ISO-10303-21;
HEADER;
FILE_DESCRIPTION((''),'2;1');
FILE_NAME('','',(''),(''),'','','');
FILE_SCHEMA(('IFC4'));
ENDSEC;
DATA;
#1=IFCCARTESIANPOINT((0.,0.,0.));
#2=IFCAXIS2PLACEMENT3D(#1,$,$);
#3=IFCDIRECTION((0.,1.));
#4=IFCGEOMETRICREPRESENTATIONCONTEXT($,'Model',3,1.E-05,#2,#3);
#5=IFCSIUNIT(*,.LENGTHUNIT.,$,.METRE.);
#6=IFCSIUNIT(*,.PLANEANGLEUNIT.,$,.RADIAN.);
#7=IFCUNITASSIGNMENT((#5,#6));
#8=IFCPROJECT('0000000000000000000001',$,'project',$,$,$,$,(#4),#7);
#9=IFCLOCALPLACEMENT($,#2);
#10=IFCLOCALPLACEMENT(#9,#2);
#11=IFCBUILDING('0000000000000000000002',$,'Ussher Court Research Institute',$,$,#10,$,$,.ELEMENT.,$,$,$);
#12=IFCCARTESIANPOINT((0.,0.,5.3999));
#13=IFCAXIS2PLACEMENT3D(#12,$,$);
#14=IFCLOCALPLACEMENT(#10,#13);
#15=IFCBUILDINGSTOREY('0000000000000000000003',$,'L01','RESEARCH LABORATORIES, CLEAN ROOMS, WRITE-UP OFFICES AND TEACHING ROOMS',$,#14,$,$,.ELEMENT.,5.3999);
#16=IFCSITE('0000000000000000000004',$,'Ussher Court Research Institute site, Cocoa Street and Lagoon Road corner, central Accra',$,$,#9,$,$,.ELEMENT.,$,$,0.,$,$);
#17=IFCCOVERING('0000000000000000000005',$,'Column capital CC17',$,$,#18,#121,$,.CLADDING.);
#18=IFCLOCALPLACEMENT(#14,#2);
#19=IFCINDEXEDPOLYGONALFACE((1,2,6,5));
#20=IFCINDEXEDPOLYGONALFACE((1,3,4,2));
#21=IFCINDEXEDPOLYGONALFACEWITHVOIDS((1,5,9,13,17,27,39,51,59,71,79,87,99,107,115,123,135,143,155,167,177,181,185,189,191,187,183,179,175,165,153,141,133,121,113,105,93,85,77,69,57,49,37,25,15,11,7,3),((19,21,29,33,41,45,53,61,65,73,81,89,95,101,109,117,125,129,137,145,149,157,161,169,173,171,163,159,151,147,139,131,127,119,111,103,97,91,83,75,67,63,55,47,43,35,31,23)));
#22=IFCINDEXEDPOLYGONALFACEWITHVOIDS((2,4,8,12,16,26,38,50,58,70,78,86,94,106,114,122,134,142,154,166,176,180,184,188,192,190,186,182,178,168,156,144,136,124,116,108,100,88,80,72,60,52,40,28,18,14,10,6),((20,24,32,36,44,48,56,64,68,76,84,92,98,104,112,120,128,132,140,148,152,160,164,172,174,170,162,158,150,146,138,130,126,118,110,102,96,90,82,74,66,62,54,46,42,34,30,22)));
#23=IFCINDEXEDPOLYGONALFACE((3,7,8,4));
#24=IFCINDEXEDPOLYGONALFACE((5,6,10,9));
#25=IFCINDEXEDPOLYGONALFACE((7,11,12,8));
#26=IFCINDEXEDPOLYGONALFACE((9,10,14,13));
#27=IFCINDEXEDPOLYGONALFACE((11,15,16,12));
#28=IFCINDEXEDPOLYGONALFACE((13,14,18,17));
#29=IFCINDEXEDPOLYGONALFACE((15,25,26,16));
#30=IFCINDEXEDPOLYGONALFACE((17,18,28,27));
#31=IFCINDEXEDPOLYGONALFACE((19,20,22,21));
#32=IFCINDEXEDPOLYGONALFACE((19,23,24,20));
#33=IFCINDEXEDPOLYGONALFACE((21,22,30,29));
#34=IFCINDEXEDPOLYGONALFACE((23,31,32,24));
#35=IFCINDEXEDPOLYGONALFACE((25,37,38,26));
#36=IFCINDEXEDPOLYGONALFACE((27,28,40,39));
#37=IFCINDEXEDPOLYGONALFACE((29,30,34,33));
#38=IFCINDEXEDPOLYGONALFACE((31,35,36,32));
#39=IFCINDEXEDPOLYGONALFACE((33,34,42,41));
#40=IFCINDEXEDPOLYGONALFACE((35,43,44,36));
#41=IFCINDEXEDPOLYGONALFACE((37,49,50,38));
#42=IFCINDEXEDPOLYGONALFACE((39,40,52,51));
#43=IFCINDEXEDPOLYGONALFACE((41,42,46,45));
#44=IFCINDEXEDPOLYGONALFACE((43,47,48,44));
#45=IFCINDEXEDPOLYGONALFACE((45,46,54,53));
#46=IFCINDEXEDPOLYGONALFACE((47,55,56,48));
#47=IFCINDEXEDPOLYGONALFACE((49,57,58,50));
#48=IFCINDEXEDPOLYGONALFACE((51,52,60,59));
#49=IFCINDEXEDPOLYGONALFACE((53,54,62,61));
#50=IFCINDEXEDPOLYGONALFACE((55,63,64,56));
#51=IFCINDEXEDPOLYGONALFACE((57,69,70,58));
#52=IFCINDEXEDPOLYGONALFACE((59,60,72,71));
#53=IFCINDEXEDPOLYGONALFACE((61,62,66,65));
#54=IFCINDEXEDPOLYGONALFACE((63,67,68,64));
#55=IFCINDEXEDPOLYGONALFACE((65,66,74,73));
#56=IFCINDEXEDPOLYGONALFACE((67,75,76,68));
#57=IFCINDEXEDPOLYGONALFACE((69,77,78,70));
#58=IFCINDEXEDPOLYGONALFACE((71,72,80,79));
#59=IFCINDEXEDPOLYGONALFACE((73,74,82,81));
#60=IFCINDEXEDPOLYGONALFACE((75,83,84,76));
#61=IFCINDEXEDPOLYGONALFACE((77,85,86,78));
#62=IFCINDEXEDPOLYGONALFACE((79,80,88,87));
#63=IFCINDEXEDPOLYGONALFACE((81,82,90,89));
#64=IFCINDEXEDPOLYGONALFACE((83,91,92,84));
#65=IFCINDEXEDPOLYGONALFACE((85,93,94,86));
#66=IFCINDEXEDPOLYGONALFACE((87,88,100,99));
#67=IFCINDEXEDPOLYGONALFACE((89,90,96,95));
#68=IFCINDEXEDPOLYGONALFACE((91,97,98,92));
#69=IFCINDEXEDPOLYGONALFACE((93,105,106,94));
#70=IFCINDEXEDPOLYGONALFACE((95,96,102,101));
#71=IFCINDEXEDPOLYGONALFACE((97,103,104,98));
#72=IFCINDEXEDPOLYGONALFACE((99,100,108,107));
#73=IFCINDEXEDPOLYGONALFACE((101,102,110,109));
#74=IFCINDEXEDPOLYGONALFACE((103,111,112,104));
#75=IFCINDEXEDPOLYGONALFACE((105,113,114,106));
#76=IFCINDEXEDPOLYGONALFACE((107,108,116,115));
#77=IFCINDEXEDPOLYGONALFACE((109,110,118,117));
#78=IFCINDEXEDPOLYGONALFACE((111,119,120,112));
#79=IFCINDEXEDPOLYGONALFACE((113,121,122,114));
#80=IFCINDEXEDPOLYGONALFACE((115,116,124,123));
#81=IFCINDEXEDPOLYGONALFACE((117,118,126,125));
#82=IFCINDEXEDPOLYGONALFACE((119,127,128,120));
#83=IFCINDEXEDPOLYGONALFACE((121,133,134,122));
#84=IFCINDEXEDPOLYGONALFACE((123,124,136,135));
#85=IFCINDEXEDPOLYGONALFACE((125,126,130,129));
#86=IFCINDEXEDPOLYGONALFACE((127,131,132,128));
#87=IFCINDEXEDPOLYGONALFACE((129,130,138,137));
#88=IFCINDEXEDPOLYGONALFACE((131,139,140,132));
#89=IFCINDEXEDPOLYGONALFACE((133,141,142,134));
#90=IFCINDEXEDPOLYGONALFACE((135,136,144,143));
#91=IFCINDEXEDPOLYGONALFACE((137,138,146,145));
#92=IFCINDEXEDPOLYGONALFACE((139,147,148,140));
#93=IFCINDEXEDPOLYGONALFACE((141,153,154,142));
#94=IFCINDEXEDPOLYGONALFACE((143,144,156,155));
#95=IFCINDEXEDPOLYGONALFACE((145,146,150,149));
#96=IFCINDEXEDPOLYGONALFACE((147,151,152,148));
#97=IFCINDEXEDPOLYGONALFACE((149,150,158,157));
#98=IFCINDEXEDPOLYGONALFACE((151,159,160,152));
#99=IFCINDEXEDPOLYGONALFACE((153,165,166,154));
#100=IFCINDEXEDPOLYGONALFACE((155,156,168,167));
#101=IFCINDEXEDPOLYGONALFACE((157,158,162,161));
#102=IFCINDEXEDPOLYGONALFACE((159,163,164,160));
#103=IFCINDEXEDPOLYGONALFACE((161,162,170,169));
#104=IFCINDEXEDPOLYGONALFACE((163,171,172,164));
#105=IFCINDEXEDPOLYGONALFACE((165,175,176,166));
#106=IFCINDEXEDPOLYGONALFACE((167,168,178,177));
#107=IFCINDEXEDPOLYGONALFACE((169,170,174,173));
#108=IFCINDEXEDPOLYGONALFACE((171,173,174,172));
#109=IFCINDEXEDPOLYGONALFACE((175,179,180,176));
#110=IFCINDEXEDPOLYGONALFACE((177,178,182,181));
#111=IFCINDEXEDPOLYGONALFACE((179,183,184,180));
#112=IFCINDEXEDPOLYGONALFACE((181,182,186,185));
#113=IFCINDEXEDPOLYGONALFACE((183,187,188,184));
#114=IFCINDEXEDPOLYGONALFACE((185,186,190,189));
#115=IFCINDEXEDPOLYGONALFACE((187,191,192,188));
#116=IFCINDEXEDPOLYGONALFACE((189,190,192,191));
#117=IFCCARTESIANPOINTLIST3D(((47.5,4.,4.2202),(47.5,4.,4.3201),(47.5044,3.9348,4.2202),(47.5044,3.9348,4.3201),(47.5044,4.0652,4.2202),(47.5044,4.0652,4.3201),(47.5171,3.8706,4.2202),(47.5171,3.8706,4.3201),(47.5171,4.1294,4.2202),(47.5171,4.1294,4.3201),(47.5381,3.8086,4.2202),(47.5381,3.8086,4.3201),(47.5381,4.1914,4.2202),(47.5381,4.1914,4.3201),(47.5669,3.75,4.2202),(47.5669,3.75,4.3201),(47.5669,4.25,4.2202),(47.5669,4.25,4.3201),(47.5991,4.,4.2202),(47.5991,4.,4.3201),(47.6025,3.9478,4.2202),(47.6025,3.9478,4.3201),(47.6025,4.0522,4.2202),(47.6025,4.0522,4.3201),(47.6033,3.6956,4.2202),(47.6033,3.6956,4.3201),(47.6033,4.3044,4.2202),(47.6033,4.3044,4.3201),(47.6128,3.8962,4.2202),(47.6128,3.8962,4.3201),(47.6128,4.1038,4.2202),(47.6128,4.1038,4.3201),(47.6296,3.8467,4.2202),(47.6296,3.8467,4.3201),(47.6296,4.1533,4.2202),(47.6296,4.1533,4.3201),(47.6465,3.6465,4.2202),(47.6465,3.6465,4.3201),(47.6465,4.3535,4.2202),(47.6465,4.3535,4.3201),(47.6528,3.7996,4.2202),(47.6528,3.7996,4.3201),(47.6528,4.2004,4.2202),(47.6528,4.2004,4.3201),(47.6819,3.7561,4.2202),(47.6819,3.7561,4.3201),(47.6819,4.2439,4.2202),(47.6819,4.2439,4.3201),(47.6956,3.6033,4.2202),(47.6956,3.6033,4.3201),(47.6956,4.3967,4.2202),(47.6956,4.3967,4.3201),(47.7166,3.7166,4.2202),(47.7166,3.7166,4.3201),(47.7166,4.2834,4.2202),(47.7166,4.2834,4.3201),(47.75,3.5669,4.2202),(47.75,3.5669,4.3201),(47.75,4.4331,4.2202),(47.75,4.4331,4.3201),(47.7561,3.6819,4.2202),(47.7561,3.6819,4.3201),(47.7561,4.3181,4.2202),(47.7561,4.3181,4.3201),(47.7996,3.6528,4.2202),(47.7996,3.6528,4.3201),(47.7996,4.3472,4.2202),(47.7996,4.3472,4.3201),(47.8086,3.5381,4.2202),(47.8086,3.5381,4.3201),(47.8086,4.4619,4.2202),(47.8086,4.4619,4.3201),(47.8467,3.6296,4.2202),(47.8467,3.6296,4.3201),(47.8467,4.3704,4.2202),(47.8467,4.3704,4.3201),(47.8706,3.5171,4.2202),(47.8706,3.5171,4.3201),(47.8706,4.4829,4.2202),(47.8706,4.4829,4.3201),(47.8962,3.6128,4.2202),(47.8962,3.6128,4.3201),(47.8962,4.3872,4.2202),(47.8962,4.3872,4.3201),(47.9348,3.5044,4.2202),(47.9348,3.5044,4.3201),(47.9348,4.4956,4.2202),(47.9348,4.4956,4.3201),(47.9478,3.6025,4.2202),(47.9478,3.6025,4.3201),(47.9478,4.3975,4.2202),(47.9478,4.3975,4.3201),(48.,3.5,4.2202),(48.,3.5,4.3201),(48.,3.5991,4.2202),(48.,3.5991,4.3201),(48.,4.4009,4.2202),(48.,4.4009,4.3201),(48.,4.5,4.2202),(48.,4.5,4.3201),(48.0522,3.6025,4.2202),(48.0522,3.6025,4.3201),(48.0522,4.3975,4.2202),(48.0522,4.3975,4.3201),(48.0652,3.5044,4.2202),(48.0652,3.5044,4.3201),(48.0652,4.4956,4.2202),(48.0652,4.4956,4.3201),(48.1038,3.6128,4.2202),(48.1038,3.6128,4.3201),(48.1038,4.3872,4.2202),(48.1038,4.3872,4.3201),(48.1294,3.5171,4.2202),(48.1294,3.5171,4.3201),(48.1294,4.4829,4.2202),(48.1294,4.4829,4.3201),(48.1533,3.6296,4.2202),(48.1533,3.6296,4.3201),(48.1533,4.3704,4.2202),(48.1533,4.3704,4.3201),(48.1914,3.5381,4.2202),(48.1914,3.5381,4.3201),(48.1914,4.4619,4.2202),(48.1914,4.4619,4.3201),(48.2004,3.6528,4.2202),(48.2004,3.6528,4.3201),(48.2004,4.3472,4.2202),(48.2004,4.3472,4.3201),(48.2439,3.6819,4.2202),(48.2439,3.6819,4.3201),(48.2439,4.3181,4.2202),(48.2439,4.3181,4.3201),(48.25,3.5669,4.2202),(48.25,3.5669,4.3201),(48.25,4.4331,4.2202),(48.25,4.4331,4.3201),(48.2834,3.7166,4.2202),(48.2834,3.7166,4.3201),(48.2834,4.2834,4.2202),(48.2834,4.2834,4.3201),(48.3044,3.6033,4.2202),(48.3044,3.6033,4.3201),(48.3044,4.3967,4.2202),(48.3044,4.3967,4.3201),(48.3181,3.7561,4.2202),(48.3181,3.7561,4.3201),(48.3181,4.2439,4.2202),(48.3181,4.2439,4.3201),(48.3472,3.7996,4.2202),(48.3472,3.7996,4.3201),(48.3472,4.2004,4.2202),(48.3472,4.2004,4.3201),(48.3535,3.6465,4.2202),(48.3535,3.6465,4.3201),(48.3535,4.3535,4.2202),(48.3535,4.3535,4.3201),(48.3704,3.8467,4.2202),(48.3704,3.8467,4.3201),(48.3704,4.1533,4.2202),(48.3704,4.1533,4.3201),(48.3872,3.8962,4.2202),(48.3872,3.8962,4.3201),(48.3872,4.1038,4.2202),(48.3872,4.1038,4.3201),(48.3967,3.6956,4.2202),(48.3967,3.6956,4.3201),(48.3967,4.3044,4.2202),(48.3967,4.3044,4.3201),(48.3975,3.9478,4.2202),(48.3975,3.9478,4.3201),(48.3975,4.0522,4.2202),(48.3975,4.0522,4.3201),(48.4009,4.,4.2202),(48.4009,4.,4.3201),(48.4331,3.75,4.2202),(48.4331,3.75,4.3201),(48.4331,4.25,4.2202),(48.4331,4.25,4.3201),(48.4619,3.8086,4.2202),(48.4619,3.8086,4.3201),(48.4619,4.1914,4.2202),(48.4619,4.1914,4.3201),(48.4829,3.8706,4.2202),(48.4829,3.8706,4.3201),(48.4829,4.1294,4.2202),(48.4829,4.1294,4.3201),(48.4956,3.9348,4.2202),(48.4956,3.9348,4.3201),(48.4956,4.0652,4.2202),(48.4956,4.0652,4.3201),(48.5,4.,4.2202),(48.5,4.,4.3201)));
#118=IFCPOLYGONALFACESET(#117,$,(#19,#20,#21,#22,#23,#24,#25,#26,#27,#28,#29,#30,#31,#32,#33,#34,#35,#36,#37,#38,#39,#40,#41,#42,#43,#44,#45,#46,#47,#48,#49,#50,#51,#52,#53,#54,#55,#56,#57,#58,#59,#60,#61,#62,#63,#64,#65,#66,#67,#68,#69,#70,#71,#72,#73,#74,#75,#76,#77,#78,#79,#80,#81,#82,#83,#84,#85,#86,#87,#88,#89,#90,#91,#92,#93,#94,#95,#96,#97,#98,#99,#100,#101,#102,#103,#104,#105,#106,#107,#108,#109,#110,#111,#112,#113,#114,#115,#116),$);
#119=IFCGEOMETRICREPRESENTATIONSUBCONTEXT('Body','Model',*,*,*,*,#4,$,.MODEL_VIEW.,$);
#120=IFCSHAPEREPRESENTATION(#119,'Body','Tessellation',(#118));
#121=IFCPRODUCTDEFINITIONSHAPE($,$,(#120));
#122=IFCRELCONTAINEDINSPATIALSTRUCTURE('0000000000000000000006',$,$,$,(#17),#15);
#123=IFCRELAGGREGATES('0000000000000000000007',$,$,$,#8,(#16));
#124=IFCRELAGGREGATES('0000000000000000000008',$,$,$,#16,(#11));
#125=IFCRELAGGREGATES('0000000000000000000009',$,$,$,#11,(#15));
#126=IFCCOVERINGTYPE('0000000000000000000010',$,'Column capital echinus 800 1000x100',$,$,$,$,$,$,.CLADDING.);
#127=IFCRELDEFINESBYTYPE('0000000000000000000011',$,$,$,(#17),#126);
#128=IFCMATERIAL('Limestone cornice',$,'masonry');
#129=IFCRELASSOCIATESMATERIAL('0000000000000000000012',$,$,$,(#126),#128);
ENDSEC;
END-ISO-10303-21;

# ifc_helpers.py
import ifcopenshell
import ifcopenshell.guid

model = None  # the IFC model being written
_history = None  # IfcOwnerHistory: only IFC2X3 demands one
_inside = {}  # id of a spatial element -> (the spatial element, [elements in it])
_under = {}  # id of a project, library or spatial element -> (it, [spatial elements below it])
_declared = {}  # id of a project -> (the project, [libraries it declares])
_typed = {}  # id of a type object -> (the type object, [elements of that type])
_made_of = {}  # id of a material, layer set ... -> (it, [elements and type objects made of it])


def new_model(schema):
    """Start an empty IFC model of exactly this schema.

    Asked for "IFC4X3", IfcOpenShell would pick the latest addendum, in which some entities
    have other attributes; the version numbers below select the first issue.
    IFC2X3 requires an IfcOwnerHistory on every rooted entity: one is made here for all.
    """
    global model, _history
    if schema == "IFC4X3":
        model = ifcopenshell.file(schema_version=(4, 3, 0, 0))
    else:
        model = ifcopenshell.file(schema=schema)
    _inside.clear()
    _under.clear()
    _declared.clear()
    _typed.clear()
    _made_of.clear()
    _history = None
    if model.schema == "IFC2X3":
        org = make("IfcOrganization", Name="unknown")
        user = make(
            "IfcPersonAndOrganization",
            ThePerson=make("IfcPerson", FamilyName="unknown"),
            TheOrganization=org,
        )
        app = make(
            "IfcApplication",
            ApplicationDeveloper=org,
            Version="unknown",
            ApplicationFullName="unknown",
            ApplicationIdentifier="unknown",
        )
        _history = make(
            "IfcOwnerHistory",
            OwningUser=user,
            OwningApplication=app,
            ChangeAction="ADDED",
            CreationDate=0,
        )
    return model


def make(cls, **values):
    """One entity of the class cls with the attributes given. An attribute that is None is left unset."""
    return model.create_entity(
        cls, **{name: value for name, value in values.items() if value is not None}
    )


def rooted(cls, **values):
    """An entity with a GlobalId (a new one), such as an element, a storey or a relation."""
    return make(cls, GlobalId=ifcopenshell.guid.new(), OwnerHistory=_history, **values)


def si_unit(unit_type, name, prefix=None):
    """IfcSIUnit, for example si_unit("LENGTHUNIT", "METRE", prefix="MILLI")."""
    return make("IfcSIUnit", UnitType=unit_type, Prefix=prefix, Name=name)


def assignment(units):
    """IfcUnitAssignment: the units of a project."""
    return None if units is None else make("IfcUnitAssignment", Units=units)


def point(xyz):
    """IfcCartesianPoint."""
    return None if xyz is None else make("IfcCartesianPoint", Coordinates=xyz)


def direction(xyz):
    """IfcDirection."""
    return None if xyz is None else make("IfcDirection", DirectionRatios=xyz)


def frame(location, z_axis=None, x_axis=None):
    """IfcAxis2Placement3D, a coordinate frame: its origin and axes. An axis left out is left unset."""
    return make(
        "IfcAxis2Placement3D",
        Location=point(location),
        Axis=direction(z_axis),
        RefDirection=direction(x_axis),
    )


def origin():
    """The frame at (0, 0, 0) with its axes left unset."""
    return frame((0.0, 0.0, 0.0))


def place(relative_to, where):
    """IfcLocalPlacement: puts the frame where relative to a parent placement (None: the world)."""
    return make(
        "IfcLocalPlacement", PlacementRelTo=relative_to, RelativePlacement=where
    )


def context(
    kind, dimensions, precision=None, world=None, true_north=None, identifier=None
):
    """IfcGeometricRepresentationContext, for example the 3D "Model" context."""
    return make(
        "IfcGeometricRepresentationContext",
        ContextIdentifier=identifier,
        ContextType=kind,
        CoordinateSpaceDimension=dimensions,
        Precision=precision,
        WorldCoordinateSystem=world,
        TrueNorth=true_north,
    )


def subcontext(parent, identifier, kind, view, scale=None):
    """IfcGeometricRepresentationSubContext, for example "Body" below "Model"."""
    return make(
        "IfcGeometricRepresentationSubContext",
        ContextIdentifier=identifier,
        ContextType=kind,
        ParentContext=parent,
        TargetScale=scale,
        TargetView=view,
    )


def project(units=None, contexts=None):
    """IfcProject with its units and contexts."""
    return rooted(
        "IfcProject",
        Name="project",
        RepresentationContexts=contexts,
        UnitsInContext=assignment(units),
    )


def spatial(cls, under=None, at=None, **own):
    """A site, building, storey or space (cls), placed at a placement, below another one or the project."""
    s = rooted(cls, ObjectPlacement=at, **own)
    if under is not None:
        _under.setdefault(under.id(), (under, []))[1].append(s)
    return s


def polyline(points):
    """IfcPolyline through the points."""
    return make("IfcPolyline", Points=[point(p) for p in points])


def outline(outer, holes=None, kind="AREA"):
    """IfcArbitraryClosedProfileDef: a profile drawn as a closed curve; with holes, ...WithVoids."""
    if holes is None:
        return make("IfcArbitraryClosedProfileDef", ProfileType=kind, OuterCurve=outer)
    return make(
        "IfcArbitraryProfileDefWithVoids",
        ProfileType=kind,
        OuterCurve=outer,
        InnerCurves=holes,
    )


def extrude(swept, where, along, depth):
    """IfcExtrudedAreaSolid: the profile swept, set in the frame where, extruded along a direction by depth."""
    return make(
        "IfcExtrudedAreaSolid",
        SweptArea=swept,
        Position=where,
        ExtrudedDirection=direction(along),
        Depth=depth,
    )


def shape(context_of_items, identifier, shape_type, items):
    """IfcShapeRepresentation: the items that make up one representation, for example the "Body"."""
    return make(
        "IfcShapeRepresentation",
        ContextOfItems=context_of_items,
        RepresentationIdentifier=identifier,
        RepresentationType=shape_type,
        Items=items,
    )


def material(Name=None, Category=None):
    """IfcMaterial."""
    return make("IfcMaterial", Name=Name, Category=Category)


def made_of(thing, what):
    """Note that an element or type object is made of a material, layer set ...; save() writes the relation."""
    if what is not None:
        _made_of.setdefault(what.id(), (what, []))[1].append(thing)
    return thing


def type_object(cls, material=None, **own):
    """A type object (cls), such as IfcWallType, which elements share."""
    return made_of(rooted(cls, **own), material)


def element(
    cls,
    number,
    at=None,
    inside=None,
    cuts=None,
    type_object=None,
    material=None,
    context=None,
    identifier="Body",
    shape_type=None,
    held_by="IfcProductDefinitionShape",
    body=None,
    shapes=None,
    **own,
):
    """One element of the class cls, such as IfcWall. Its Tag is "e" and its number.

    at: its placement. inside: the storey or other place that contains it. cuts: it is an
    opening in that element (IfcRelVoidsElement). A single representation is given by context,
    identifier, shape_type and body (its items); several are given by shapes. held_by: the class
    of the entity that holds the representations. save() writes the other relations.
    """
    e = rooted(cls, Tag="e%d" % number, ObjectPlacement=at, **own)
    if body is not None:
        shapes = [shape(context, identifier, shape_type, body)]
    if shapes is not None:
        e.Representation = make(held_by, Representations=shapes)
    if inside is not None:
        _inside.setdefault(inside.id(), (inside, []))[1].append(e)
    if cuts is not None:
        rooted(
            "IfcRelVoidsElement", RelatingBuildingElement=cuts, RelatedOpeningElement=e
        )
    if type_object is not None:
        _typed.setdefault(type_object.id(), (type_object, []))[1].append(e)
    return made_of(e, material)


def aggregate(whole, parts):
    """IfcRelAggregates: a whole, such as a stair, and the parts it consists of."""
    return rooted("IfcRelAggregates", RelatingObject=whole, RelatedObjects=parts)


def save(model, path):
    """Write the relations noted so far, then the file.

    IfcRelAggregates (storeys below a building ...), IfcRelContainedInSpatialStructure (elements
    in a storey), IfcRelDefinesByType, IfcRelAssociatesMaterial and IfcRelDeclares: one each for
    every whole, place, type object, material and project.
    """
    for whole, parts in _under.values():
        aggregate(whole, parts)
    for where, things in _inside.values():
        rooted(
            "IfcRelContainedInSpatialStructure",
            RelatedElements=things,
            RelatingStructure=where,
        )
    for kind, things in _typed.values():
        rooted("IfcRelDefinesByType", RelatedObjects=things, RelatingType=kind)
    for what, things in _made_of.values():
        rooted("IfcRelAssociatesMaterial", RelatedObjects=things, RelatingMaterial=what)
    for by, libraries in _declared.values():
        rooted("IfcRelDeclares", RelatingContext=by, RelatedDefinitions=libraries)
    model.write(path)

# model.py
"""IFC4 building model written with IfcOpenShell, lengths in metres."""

from ifc_helpers import new_model, si_unit, direction, frame, origin, place, context, subcontext, project, spatial, polyline, outline, extrude, material, type_object, element, save


model = new_model("IFC4")

# Units and contexts
model_context = context("Model", 3, precision=1e-05, world=origin(), true_north=direction((0.0, 1.0)))
body_context = subcontext(model_context, "Body", "Model", "MODEL_VIEW")
ifc_project = project(units=[si_unit("LENGTHUNIT", "METRE"), si_unit("PLANEANGLEUNIT", "RADIAN")], contexts=[model_context])

# Site, building, storey
site_placement = place(None, origin())
site = spatial("IfcSite", under=ifc_project, at=site_placement, Name="Ussher Court Research Institute site, Cocoa Street and Lagoon Road corner, central Accra", CompositionType="ELEMENT", RefElevation=0.0)
building_placement = place(site_placement, origin())
building = spatial("IfcBuilding", under=site, at=building_placement, Name="Ussher Court Research Institute", CompositionType="ELEMENT")
storey_placement = place(building_placement, frame((0.0, 0.0, 5.3999)))
storey = spatial("IfcBuildingStorey", under=building, at=storey_placement, Name="L01", Description="RESEARCH LABORATORIES, CLEAN ROOMS, WRITE-UP OFFICES AND TEACHING ROOMS", CompositionType="ELEMENT", Elevation=5.3999)

# Covering
ifc_material_1 = material(Name="Limestone cornice", Category="masonry")
covering_type_1 = type_object("IfcCoveringType", Name="Column capital echinus 800 1000x100", PredefinedType="CLADDING", material=ifc_material_1)
covering_1_placement = place(storey_placement, frame((0.0, 0.0, 4.2202)))
element("IfcCovering", 1, at=covering_1_placement, inside=storey, type_object=covering_type_1, Name="Column capital CC17", PredefinedType="CLADDING", context=body_context, shape_type="SweptSolid", body=[
    extrude(outline(polyline([(48.5, 4.0), (48.4956, 4.0652), (48.4829, 4.1294), (48.4619, 4.1914), (48.4331, 4.25), (48.3967, 4.3044), (48.3535, 4.3535), (48.3044, 4.3967), (48.25, 4.4331), (48.1914, 4.4619), (48.1294, 4.4829), (48.0652, 4.4956), (48.0, 4.5), (47.9348, 4.4956), (47.8706, 4.4829), (47.8086, 4.4619), (47.75, 4.4331), (47.6956, 4.3967), (47.6465, 4.3535), (47.6033, 4.3044), (47.5669, 4.25), (47.5381, 4.1914), (47.5171, 4.1294), (47.5044, 4.0652), (47.5, 4.0), (47.5044, 3.9348), (47.5171, 3.8706), (47.5381, 3.8086), (47.5669, 3.75), (47.6033, 3.6956), (47.6465, 3.6465), (47.6956, 3.6033), (47.75, 3.5669), (47.8086, 3.5381), (47.8706, 3.5171), (47.9348, 3.5044), (48.0, 3.5), (48.0652, 3.5044), (48.1294, 3.5171), (48.1914, 3.5381), (48.25, 3.5669), (48.3044, 3.6033), (48.3535, 3.6465), (48.3967, 3.6956), (48.4331, 3.75), (48.4619, 3.8086), (48.4829, 3.8706), (48.4956, 3.9348), (48.5, 4.0)]), holes=[polyline([(48.4009, 4.0), (48.3975, 4.0522), (48.3872, 4.1038), (48.3704, 4.1533), (48.3472, 4.2004), (48.3181, 4.2439), (48.2834, 4.2834), (48.2439, 4.3181), (48.2004, 4.3472), (48.1533, 4.3704), (48.1038, 4.3872), (48.0522, 4.3975), (48.0, 4.4009), (47.9478, 4.3975), (47.8962, 4.3872), (47.8467, 4.3704), (47.7996, 4.3472), (47.7561, 4.3181), (47.7166, 4.2834), (47.6819, 4.2439), (47.6528, 4.2004), (47.6296, 4.1533), (47.6128, 4.1038), (47.6025, 4.0522), (47.5991, 4.0), (47.6025, 3.9478), (47.6128, 3.8962), (47.6296, 3.8467), (47.6528, 3.7996), (47.6819, 3.7561), (47.7166, 3.7166), (47.7561, 3.6819), (47.7996, 3.6528), (47.8467, 3.6296), (47.8962, 3.6128), (47.9478, 3.6025), (48.0, 3.5991), (48.0522, 3.6025), (48.1038, 3.6128), (48.1533, 3.6296), (48.2004, 3.6528), (48.2439, 3.6819), (48.2834, 3.7166), (48.3181, 3.7561), (48.3472, 3.7996), (48.3704, 3.8467), (48.3872, 3.8962), (48.3975, 3.9478), (48.4009, 4.0)])]), origin(), (0.0, 0.0, 1.0), 0.0999),
])

save(model, "model.ifc")
